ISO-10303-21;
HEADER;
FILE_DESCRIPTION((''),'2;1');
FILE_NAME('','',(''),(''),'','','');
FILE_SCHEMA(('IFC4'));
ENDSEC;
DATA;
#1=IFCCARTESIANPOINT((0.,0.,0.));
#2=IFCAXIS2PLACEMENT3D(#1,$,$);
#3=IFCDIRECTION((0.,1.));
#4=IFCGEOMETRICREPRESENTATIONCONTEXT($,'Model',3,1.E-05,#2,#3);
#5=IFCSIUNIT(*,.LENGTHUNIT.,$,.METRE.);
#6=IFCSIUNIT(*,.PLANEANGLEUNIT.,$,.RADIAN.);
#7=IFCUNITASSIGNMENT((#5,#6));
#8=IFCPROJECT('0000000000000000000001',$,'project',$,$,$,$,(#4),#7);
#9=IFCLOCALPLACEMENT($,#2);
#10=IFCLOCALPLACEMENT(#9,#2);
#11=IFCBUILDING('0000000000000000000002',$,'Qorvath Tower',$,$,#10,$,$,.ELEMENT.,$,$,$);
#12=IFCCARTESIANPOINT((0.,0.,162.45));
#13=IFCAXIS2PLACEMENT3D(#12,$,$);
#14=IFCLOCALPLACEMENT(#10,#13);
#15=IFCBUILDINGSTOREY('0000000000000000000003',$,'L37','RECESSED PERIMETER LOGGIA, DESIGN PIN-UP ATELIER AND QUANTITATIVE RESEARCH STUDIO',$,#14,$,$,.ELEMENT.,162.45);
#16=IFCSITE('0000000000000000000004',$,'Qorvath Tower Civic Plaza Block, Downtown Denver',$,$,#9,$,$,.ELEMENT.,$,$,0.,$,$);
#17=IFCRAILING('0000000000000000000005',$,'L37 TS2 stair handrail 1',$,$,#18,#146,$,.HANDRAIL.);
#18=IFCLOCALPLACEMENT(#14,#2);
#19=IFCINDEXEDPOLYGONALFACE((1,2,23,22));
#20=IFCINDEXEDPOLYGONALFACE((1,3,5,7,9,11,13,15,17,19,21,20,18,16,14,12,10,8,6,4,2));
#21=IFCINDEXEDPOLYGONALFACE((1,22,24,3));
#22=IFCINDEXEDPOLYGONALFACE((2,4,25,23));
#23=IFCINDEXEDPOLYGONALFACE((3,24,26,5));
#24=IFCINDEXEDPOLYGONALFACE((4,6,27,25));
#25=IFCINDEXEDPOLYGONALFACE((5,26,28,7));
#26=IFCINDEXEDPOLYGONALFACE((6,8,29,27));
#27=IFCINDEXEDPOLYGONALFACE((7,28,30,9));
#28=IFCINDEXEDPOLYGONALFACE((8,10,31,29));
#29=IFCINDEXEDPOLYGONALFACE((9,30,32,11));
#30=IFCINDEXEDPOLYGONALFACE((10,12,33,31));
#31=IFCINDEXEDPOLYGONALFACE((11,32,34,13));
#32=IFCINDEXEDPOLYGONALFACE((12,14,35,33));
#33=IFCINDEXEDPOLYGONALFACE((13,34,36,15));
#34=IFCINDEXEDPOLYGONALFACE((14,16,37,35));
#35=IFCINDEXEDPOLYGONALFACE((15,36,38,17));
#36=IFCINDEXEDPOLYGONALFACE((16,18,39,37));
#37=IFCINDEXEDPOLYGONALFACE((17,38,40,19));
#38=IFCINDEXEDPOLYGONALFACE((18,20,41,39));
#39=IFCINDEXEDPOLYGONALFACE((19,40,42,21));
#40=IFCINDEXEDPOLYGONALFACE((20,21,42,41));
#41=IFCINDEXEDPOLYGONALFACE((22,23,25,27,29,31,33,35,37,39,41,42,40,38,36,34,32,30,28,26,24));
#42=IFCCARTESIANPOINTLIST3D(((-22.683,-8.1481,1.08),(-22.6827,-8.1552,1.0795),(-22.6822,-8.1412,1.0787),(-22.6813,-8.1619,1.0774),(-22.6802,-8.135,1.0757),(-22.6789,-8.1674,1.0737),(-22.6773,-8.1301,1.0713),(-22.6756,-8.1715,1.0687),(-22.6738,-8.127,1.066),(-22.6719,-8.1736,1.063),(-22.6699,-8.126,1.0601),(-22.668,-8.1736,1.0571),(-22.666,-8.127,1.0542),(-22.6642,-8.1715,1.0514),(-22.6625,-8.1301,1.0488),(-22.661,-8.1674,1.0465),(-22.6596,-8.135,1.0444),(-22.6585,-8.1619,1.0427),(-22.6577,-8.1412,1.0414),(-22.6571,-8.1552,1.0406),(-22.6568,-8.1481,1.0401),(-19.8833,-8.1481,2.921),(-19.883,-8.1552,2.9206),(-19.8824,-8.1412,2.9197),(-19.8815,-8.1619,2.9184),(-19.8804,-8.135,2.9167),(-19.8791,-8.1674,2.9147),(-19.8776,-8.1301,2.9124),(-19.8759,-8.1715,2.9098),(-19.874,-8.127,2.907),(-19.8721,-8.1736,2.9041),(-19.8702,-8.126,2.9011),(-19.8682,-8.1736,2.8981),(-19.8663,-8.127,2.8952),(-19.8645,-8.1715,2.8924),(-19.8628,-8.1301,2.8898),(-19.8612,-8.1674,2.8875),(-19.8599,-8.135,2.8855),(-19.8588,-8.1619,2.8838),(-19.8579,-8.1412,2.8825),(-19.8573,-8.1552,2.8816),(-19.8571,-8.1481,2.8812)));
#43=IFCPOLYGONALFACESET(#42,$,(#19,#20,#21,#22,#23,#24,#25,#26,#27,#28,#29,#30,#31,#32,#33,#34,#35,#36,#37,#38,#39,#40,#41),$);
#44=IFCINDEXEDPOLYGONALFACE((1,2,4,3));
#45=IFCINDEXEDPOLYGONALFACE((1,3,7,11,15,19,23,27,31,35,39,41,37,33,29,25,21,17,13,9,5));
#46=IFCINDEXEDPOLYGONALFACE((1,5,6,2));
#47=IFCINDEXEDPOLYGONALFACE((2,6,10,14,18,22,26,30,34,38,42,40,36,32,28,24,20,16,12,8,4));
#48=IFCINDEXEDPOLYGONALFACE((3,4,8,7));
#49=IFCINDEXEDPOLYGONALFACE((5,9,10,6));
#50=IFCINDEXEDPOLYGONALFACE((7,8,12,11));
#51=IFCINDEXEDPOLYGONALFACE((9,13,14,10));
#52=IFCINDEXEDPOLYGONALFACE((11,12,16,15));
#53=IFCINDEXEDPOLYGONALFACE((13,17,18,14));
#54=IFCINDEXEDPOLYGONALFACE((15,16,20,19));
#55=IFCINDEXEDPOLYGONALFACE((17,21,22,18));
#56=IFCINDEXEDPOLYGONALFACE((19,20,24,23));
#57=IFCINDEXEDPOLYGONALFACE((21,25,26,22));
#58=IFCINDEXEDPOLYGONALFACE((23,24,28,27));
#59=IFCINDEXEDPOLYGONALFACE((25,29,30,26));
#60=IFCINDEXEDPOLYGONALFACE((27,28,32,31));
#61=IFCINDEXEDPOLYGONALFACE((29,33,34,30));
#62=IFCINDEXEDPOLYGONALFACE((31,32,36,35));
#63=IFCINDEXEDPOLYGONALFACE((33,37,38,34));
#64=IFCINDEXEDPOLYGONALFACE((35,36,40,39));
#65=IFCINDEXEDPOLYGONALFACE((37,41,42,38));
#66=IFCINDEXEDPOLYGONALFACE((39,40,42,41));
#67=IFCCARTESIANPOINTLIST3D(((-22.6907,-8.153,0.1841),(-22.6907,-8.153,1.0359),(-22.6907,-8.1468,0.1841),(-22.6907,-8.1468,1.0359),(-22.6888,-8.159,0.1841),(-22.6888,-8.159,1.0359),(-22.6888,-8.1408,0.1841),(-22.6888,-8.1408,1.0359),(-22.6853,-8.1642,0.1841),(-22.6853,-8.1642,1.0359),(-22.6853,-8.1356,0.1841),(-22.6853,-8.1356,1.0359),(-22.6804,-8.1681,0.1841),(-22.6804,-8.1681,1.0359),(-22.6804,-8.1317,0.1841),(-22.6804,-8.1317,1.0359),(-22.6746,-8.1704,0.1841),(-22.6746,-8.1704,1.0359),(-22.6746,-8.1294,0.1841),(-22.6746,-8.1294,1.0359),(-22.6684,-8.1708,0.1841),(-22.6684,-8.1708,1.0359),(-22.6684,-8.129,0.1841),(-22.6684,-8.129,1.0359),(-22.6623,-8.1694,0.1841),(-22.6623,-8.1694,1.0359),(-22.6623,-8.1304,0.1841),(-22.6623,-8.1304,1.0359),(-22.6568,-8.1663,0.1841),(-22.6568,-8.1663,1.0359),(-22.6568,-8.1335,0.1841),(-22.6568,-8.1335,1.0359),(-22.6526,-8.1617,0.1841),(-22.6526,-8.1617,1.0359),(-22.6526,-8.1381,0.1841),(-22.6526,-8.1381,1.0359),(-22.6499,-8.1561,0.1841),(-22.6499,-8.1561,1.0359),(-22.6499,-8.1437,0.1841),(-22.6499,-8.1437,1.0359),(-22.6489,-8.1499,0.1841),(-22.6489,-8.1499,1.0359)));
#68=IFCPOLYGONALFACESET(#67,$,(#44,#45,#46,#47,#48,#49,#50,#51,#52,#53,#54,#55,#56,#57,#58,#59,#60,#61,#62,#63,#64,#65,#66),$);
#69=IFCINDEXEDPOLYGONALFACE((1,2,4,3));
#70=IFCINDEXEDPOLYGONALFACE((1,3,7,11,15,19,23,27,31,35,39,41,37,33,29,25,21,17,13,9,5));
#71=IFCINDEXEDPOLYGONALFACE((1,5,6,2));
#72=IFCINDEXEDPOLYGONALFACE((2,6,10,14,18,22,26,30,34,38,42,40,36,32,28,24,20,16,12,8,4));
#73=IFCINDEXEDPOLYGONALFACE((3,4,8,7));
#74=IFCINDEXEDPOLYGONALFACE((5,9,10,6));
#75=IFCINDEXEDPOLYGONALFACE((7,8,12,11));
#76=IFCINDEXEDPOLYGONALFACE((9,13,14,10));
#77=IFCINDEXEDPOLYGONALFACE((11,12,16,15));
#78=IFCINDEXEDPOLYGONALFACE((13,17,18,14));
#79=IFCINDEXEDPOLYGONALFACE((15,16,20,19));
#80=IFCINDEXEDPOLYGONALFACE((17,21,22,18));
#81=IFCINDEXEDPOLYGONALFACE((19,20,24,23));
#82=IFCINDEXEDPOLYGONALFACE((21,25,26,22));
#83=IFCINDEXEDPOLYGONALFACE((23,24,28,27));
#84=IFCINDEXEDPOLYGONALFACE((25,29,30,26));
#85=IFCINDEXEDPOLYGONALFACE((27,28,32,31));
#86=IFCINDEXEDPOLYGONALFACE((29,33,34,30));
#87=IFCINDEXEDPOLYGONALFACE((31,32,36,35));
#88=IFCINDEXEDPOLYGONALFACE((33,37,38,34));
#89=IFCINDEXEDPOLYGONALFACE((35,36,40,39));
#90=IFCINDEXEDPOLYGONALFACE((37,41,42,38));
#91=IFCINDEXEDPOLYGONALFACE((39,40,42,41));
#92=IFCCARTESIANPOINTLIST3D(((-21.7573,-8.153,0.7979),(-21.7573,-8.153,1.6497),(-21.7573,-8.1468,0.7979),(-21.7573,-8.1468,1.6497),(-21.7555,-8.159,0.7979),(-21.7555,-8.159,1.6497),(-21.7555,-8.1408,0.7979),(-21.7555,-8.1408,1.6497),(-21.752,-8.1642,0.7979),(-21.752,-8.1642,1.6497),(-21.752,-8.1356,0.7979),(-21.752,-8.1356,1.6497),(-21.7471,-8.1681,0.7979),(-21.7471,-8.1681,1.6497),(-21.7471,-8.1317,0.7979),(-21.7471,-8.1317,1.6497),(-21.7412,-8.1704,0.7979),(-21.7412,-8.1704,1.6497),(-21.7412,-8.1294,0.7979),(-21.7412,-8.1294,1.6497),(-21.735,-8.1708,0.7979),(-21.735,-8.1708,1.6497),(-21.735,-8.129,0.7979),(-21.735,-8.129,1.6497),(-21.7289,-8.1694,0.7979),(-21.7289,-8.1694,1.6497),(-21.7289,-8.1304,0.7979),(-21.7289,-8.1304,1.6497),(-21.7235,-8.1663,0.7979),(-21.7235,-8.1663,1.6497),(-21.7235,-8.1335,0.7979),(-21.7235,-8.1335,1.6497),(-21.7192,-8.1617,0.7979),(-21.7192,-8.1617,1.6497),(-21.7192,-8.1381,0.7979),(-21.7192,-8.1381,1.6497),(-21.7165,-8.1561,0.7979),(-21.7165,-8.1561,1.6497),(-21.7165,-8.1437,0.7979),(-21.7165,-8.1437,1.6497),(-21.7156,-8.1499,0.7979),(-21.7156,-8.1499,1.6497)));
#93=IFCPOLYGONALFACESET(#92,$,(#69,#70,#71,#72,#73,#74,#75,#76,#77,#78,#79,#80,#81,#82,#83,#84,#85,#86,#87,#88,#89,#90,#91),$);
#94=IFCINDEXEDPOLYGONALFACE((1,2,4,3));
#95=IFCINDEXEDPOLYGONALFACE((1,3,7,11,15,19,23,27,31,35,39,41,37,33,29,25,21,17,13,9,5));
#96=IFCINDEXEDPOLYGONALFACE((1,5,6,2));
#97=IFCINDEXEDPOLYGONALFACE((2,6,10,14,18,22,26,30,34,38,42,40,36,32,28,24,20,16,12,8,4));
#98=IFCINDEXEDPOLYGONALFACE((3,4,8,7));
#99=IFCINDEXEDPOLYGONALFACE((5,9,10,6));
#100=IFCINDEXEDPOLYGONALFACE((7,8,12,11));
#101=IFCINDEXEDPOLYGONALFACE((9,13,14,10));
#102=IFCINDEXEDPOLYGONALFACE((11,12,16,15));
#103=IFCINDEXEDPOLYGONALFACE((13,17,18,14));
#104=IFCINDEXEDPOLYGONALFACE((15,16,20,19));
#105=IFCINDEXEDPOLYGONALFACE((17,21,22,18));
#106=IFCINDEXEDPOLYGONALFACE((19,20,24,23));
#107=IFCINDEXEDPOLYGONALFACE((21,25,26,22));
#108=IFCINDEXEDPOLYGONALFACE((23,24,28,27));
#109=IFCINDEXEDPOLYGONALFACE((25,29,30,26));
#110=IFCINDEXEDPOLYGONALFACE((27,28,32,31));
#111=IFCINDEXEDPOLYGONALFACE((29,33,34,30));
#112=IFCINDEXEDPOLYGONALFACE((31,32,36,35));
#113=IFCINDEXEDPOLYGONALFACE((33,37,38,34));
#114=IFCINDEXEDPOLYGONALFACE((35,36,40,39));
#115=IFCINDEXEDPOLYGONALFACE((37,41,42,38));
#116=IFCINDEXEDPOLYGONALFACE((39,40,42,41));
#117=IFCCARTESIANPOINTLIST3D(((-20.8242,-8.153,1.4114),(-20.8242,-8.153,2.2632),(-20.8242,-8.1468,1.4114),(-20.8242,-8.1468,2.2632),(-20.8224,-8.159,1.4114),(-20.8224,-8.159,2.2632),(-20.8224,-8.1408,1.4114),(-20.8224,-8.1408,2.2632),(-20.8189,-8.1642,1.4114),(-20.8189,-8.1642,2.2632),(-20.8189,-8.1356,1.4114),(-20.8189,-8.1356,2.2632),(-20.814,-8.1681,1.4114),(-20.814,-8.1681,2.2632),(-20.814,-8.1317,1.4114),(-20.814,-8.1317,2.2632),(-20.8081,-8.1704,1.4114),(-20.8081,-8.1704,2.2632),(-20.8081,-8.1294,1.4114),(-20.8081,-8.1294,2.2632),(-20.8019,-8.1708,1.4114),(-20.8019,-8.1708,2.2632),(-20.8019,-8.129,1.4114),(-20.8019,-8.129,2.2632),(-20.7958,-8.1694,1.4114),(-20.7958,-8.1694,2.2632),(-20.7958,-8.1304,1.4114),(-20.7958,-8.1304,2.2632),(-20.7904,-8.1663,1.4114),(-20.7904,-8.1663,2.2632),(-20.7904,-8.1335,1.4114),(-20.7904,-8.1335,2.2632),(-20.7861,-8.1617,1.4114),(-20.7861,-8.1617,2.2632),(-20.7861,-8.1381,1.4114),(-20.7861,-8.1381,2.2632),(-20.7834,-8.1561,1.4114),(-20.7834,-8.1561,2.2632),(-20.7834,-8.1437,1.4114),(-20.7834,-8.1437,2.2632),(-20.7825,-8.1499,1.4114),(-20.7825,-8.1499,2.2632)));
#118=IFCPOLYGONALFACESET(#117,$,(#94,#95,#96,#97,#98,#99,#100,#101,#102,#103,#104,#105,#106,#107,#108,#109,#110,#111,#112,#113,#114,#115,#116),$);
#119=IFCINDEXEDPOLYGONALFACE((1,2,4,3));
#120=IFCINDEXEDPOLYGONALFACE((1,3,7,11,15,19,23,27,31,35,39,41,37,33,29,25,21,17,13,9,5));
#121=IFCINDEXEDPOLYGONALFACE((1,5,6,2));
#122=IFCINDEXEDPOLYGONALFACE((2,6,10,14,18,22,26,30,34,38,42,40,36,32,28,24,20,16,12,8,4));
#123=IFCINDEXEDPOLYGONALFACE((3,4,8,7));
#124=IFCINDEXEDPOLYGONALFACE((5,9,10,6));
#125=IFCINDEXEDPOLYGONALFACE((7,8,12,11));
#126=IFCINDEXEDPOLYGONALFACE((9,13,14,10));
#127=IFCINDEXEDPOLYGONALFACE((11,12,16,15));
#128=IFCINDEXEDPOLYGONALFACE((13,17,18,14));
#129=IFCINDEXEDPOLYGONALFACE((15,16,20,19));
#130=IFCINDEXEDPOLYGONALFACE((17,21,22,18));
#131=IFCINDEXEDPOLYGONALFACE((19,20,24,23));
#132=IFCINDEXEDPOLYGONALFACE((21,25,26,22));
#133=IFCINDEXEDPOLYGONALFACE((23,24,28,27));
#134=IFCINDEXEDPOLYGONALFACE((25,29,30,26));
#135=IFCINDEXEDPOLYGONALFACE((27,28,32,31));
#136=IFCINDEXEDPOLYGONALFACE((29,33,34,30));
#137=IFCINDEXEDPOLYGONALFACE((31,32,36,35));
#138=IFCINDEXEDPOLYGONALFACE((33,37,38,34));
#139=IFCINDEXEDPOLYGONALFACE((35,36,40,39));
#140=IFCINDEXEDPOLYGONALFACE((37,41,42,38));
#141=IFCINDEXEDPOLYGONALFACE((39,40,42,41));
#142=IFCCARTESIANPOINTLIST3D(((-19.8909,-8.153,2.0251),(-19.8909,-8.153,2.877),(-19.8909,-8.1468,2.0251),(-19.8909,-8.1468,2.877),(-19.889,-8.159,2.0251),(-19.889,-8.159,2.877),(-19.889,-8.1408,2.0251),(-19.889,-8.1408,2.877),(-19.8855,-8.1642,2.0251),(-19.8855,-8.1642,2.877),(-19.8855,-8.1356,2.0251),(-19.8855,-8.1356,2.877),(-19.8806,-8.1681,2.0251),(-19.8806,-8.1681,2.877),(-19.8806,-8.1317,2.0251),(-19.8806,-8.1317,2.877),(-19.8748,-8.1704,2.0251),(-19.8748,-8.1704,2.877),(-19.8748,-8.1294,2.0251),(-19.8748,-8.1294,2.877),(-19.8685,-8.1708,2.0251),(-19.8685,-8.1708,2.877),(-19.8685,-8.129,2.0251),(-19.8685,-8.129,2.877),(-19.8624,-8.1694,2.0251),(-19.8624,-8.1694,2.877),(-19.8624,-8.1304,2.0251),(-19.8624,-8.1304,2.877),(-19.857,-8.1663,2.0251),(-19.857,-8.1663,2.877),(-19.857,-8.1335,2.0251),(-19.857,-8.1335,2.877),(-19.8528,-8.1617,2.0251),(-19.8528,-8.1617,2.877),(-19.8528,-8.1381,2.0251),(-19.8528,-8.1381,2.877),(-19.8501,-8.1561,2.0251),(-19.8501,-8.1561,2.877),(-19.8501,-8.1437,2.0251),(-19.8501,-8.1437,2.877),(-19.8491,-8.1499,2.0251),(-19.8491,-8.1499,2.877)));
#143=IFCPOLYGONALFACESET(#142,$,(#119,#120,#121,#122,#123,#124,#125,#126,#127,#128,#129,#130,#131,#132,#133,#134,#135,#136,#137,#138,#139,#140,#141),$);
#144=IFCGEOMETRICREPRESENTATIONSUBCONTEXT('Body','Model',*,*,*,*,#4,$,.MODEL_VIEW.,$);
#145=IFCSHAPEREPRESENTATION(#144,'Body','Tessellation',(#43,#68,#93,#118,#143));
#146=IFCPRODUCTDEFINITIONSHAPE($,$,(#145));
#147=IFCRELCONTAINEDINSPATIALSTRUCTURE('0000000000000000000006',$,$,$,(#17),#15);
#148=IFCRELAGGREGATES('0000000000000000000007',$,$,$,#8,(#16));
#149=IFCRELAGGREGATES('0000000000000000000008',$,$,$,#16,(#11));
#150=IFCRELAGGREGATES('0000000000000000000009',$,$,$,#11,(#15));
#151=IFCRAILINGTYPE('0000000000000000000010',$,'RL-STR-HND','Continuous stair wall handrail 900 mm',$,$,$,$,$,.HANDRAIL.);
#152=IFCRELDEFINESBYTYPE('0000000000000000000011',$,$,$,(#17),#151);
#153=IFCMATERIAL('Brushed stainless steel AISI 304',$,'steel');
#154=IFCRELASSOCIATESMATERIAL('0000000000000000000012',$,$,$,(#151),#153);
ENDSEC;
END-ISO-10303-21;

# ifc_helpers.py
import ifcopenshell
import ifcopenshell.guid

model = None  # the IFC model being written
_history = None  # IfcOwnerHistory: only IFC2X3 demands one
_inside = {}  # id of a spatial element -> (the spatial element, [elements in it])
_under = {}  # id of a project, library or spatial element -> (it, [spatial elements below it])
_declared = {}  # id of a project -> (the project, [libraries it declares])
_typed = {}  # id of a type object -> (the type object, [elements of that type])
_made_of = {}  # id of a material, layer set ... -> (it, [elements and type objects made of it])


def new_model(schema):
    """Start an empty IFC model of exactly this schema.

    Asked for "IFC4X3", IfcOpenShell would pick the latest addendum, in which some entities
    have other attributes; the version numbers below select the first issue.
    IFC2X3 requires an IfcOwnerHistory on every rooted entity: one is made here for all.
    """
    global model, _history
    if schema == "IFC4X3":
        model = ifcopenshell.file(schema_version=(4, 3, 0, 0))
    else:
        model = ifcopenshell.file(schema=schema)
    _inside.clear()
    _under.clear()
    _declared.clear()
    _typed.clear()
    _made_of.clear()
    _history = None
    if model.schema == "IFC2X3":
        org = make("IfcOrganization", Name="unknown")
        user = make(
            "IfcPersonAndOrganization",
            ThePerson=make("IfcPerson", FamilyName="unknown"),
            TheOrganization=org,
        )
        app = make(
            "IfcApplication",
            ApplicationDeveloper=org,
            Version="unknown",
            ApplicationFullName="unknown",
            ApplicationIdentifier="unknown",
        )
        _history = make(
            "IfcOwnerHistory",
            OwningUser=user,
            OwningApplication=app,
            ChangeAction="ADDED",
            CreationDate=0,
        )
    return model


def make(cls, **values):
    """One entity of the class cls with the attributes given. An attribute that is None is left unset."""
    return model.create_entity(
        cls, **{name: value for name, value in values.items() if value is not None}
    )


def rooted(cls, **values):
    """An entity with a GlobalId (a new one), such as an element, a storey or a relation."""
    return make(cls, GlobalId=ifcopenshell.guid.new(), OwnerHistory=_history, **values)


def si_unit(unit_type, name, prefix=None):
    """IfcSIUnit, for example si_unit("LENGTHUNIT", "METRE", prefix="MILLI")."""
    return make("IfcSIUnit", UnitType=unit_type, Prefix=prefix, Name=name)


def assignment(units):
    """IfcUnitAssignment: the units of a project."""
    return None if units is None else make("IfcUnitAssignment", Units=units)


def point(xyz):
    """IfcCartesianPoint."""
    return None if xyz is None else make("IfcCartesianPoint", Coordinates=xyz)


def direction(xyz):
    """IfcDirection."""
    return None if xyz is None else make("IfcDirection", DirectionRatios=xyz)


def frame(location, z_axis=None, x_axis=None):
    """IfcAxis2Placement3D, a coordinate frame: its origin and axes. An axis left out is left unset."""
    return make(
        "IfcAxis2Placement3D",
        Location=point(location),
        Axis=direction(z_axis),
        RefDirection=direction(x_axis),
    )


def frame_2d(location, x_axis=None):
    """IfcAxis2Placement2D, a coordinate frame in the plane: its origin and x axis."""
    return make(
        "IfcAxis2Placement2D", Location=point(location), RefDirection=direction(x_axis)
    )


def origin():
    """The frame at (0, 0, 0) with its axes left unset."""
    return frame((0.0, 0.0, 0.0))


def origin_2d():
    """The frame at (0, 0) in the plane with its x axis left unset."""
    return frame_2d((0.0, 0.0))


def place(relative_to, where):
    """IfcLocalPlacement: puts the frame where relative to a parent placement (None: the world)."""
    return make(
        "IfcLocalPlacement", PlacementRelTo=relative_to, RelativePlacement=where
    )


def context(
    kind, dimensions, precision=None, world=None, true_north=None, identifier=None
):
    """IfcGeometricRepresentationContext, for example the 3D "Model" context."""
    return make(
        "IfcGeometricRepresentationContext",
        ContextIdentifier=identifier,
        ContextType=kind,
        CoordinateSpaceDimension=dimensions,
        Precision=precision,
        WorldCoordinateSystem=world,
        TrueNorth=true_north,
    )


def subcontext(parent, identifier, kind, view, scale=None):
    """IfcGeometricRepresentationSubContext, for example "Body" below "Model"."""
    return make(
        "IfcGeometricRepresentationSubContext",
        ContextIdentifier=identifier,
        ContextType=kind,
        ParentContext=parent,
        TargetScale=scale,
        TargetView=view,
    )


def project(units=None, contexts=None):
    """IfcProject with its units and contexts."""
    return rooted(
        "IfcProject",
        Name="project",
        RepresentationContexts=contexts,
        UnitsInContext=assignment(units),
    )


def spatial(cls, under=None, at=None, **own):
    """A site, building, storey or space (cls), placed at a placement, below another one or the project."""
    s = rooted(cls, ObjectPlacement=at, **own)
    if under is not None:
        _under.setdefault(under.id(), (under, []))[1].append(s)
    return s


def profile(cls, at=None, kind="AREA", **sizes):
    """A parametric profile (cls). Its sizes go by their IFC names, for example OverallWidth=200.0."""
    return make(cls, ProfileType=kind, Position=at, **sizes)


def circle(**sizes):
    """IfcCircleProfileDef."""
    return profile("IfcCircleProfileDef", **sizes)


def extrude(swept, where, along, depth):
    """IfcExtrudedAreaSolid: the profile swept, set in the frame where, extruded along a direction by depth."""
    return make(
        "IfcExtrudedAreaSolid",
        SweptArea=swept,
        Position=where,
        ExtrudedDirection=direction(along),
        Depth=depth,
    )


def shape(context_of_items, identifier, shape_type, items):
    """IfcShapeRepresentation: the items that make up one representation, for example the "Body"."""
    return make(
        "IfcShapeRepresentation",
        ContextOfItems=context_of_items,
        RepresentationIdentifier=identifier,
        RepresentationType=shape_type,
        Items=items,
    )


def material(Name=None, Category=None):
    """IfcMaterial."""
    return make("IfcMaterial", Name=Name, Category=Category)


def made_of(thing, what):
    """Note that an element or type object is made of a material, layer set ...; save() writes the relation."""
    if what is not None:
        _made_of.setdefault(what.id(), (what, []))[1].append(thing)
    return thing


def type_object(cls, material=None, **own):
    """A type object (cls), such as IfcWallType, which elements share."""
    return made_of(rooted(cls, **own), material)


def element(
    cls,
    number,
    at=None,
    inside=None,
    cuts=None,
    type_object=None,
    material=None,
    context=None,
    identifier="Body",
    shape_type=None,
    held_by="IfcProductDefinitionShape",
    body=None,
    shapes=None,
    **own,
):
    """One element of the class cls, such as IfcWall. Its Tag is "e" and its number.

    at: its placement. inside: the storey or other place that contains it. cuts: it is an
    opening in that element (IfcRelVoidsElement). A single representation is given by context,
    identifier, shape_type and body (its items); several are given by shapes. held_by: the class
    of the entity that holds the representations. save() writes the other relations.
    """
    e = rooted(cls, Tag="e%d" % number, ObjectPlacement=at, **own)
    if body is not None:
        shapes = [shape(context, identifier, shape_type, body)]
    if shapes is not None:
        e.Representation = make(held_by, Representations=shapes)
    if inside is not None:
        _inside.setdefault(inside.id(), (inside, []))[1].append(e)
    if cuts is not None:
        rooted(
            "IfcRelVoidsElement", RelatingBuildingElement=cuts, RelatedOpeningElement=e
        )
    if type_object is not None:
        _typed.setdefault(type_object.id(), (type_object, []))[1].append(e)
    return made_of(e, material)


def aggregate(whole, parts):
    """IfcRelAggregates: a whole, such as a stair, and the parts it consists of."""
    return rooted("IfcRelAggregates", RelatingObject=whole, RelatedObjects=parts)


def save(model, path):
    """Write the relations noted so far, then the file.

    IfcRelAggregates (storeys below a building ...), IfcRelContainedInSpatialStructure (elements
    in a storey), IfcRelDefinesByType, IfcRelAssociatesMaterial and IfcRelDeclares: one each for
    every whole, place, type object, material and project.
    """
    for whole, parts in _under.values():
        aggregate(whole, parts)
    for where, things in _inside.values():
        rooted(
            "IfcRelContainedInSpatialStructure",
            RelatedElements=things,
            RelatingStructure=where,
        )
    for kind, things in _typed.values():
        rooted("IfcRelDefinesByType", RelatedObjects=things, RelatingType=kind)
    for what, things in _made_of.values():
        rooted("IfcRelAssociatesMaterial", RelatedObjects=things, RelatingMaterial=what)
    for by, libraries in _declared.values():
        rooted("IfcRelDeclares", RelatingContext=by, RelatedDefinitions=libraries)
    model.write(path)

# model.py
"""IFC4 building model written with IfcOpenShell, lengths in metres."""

from ifc_helpers import new_model, si_unit, direction, frame, origin, origin_2d, place, context, subcontext, project, spatial, circle, extrude, material, type_object, element, save


model = new_model("IFC4")

# Units and contexts
model_context = context("Model", 3, precision=1e-05, world=origin(), true_north=direction((0.0, 1.0)))
body_context = subcontext(model_context, "Body", "Model", "MODEL_VIEW")
ifc_project = project(units=[si_unit("LENGTHUNIT", "METRE"), si_unit("PLANEANGLEUNIT", "RADIAN")], contexts=[model_context])

# Site, building, storey
site_placement = place(None, origin())
site = spatial("IfcSite", under=ifc_project, at=site_placement, Name="Qorvath Tower Civic Plaza Block, Downtown Denver", CompositionType="ELEMENT", RefElevation=0.0)
building_placement = place(site_placement, origin())
building = spatial("IfcBuilding", under=site, at=building_placement, Name="Qorvath Tower", CompositionType="ELEMENT")
storey_placement = place(building_placement, frame((0.0, 0.0, 162.45)))
storey = spatial("IfcBuildingStorey", under=building, at=storey_placement, Name="L37", Description="RECESSED PERIMETER LOGGIA, DESIGN PIN-UP ATELIER AND QUANTITATIVE RESEARCH STUDIO", CompositionType="ELEMENT", Elevation=162.45)

# Railing
ifc_material_1 = material(Name="Brushed stainless steel AISI 304", Category="steel")
railing_type_1 = type_object("IfcRailingType", Name="RL-STR-HND", Description="Continuous stair wall handrail 900 mm", PredefinedType="HANDRAIL", material=ifc_material_1)
railing_1_placement = place(storey_placement, frame((-22.6699, -8.1499, 0.1841)))
element("IfcRailing", 1, at=railing_1_placement, inside=storey, type_object=railing_type_1, Name="L37 TS2 stair handrail 1", PredefinedType="HANDRAIL", context=body_context, shape_type="SweptSolid", body=[
    extrude(circle(Radius=0.0239, at=origin_2d()), frame((0.0, 0.0, 0.876), z_axis=(0.835542, 0.0, 0.549426), x_axis=(0.0, 1.0, 0.0)), (0.0, 0.0, 1.0), 3.3508),
    extrude(circle(Radius=0.021, at=origin_2d()), origin(), (0.0, 0.0, 1.0), 0.8518),
    extrude(circle(Radius=0.021, at=origin_2d()), frame((0.9333, 0.0, 0.6138)), (0.0, 0.0, 1.0), 0.8518),
    extrude(circle(Radius=0.021, at=origin_2d()), frame((1.8665, 0.0, 1.2273)), (0.0, 0.0, 1.0), 0.8518),
    extrude(circle(Radius=0.021, at=origin_2d()), frame((2.7998, 0.0, 1.8411)), (0.0, 0.0, 1.0), 0.8518),
])

save(model, "model.ifc")
